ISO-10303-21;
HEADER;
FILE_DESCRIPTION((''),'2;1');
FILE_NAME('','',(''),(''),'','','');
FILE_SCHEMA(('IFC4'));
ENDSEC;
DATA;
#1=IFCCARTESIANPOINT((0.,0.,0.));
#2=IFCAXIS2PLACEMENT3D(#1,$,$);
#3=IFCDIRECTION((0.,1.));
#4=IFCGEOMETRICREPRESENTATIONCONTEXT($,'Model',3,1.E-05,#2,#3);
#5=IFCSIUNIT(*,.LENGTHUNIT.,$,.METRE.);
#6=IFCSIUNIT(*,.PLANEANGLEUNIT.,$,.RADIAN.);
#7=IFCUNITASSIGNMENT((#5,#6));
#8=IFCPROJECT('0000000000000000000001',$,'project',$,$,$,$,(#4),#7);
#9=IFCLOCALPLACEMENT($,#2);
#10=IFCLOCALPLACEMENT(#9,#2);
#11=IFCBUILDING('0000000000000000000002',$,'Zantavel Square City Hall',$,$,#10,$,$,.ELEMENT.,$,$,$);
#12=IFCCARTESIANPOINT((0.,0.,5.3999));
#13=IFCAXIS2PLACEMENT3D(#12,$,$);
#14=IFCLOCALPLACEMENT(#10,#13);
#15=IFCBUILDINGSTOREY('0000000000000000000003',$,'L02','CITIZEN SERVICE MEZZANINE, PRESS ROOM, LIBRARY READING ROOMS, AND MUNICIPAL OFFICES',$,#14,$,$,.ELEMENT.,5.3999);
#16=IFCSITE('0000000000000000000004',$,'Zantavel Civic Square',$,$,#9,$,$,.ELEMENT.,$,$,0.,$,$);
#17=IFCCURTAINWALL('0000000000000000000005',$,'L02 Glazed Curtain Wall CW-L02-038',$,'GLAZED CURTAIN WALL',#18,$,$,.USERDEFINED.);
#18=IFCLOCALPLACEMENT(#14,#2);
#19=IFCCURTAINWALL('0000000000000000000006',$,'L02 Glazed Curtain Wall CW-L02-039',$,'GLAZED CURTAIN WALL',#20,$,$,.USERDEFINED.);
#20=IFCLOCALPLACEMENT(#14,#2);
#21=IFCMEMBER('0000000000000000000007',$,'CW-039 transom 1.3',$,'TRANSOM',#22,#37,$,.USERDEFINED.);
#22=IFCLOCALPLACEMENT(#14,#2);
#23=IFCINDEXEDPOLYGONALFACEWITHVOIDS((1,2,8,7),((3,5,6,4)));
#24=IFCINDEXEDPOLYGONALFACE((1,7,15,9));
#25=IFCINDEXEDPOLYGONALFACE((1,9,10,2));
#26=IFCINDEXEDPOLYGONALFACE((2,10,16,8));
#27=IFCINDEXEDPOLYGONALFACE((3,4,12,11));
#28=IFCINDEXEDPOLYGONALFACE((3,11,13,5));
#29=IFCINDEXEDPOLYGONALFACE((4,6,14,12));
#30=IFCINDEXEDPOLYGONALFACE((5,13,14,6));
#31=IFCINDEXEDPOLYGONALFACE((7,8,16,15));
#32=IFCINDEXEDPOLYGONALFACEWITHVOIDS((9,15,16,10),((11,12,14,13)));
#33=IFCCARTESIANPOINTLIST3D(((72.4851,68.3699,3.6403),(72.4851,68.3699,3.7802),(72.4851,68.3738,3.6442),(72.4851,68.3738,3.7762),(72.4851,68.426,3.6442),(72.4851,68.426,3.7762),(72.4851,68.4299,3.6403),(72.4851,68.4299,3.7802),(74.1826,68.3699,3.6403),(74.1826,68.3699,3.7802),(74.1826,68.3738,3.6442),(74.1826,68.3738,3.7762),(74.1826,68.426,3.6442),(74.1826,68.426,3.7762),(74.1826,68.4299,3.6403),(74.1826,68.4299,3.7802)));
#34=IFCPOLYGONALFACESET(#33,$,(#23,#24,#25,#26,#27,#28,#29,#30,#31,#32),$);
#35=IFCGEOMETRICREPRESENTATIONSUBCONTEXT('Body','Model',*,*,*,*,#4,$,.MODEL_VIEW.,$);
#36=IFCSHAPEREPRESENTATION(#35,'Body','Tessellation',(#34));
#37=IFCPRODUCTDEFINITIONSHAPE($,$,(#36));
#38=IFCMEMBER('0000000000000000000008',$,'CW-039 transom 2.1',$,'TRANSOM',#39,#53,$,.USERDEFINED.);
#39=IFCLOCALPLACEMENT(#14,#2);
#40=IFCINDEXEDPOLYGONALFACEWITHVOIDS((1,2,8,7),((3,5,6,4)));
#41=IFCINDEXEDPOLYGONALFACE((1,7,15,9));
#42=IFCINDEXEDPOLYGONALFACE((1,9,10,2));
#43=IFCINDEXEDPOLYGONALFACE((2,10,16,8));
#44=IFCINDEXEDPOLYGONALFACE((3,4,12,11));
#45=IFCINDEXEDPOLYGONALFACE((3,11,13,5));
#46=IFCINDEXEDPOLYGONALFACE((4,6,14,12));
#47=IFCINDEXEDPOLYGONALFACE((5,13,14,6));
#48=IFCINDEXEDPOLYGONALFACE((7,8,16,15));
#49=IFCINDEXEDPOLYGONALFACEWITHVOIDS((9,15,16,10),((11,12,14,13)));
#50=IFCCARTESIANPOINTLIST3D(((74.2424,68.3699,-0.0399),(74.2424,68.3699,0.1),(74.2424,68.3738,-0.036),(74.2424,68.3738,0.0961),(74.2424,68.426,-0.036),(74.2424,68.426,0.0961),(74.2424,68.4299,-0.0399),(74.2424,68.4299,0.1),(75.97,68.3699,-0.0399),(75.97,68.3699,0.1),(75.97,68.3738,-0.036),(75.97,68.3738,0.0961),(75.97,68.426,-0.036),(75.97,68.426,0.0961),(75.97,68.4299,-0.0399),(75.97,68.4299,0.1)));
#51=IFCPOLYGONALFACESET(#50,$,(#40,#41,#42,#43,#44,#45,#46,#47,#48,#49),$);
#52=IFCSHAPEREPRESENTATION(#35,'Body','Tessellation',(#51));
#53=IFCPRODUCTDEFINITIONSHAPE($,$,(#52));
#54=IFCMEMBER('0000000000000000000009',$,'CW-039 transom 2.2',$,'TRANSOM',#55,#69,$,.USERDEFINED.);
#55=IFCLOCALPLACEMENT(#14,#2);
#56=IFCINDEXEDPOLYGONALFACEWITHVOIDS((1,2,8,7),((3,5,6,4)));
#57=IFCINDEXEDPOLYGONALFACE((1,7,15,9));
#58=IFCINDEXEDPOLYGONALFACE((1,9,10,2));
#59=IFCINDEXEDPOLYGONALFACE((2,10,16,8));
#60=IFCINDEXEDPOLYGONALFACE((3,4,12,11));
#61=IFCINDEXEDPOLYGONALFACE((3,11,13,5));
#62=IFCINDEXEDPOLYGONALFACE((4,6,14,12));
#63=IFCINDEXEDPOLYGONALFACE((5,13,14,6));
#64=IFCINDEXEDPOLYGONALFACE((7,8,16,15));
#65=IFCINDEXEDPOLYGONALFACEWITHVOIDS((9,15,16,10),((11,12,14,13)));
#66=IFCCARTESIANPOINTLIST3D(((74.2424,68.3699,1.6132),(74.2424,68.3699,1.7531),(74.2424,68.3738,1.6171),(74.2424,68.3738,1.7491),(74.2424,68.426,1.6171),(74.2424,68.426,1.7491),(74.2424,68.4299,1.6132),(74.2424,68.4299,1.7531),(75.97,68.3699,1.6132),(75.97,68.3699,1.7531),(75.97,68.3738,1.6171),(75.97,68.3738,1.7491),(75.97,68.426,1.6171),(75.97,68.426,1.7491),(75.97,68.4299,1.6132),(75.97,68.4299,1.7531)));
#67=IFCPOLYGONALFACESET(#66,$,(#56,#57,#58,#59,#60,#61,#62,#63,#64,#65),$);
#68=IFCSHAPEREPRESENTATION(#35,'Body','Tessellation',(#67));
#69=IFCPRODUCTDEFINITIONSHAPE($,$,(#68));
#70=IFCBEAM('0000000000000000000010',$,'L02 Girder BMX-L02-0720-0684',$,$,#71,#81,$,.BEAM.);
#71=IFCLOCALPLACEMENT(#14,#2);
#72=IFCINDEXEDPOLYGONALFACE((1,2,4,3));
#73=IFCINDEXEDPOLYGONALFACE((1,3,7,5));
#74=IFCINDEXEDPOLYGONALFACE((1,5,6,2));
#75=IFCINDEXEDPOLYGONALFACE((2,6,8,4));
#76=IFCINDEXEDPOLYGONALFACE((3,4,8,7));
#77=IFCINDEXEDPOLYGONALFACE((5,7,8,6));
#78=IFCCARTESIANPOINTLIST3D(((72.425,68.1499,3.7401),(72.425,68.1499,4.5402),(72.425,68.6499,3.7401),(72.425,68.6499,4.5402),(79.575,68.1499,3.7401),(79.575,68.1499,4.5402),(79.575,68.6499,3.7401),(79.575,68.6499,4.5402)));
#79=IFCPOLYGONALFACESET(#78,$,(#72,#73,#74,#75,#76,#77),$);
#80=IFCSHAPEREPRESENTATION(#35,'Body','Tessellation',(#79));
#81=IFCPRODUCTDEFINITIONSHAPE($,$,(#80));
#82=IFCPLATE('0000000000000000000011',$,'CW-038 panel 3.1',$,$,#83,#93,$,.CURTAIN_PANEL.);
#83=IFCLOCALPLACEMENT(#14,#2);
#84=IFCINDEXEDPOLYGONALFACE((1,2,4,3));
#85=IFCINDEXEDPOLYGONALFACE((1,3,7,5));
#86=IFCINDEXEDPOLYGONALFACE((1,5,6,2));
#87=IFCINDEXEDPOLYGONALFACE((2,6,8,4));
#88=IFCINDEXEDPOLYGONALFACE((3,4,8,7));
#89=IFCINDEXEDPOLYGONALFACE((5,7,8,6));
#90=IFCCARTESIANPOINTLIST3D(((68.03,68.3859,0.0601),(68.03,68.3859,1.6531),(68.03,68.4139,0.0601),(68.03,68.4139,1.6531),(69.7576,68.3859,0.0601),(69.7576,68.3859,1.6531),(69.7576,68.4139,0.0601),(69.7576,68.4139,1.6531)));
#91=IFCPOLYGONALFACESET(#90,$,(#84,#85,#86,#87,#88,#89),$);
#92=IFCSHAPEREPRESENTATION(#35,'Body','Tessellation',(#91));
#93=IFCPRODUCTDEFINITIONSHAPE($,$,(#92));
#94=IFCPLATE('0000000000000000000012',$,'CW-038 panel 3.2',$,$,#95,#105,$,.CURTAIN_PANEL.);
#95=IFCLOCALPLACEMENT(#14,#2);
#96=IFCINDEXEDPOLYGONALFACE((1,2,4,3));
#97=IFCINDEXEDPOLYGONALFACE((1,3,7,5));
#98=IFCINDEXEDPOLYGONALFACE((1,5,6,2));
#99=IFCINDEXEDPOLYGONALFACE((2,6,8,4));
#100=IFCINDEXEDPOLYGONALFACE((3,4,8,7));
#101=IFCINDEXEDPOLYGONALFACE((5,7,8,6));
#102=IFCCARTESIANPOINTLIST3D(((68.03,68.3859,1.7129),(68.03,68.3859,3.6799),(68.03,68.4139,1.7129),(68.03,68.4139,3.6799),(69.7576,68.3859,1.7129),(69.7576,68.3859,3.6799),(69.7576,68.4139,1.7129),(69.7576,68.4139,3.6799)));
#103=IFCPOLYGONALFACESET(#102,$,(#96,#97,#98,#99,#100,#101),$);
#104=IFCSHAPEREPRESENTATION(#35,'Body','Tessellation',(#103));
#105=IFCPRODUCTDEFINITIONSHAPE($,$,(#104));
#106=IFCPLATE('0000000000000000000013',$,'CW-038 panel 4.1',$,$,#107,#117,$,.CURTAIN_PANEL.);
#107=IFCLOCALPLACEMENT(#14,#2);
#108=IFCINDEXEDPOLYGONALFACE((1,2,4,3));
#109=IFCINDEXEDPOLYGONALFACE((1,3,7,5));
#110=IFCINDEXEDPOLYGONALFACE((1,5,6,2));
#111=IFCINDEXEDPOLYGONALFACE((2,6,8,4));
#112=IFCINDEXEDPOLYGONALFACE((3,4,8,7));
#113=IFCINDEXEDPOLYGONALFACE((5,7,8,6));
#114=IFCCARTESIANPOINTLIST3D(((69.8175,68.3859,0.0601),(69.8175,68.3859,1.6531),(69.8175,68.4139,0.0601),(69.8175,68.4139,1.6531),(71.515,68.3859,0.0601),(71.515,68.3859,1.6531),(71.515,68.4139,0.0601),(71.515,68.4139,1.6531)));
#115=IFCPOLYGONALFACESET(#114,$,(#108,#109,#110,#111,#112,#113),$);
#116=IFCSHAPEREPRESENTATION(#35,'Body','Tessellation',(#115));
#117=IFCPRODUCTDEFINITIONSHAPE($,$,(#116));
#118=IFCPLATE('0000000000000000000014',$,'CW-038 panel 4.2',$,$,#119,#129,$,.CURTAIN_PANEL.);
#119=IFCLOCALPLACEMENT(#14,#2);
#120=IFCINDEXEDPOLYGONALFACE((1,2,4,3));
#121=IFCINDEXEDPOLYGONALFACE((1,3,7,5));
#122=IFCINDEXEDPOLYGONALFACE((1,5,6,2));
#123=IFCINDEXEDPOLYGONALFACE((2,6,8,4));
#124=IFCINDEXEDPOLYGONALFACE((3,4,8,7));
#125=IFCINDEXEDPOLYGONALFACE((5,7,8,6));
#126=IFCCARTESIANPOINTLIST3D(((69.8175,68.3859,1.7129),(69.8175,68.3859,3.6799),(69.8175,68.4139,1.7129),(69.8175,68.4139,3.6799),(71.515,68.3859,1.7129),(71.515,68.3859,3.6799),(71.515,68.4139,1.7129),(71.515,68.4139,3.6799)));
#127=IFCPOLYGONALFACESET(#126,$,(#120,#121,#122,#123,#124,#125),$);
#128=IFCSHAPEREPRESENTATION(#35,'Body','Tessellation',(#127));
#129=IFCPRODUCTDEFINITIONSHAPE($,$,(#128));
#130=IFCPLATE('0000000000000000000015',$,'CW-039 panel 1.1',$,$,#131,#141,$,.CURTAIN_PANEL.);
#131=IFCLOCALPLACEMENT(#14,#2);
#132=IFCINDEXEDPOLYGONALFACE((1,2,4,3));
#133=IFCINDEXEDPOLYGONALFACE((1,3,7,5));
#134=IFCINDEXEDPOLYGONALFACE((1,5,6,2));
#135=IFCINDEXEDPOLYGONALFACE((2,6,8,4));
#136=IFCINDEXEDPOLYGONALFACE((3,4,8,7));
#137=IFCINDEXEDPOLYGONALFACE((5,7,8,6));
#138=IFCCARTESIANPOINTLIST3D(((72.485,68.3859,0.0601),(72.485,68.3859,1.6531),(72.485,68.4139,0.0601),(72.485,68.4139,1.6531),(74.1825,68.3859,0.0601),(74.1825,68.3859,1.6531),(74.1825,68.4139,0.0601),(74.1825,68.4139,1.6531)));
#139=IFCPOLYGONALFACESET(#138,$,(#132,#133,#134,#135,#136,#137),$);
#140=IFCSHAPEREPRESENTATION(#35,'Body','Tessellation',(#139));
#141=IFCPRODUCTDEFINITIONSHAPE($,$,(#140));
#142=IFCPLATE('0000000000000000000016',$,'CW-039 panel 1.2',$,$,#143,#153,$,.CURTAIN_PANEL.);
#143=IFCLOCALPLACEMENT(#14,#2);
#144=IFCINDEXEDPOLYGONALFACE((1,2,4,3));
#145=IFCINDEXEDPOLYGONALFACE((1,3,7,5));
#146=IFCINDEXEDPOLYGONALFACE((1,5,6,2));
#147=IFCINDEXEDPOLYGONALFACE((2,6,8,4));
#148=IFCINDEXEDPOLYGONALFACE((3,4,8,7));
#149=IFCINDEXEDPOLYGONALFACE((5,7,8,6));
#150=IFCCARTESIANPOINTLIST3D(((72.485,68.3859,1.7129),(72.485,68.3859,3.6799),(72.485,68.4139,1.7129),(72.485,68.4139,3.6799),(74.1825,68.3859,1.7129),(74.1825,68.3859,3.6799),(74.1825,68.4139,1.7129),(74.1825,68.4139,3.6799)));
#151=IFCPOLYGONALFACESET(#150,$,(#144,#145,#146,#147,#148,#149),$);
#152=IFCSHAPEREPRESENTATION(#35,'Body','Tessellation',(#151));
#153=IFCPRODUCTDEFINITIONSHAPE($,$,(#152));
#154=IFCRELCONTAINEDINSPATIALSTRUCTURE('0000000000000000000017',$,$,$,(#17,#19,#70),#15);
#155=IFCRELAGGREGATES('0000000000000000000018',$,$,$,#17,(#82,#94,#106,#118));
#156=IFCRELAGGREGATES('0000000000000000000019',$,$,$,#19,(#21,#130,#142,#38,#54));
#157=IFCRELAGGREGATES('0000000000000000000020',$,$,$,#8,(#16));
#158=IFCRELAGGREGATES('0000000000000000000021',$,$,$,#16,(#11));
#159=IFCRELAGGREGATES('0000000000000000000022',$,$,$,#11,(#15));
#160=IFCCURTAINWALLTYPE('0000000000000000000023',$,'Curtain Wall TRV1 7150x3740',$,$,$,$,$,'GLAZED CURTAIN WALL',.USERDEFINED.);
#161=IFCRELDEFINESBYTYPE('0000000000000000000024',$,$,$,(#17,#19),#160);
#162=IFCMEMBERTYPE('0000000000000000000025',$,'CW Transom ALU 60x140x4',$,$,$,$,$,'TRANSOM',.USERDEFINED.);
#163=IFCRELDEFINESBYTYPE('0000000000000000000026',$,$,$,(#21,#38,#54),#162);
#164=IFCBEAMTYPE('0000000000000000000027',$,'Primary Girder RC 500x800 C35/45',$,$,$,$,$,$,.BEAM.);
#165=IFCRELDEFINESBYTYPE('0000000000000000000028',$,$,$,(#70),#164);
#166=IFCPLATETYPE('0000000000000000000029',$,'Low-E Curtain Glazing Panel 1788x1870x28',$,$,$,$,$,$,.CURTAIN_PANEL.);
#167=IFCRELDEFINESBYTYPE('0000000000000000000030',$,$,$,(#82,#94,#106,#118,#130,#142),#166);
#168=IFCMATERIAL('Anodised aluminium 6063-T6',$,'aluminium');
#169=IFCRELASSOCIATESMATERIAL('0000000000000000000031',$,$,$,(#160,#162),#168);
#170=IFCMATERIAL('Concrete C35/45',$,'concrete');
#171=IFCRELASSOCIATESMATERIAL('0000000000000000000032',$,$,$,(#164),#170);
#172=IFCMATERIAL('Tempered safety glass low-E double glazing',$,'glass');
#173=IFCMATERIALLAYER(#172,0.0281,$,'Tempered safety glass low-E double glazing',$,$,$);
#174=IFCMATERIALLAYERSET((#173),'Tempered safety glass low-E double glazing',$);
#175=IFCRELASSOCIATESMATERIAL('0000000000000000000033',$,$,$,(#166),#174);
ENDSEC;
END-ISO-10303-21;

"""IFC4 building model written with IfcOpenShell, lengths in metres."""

from ifc_helpers import new_model, si_unit, direction, frame, origin, origin_2d, place, context, subcontext, project, spatial, rectangle, hollow_rectangle, extrude, material, layer, layer_set, material_profile, profile_set, type_object, element, aggregate, save


model = new_model("IFC4")

# Units and contexts
model_context = context("Model", 3, precision=1e-05, world=origin(), true_north=direction((0.0, 1.0)))
body_context = subcontext(model_context, "Body", "Model", "MODEL_VIEW")
ifc_project = project(units=[si_unit("LENGTHUNIT", "METRE"), si_unit("PLANEANGLEUNIT", "RADIAN")], contexts=[model_context])

# Site, building, storey
site_placement = place(None, origin())
site = spatial("IfcSite", under=ifc_project, at=site_placement, Name="Zantavel Civic Square", CompositionType="ELEMENT", RefElevation=0.0)
building_placement = place(site_placement, origin())
building = spatial("IfcBuilding", under=site, at=building_placement, Name="Zantavel Square City Hall", CompositionType="ELEMENT")
storey_placement = place(building_placement, frame((0.0, 0.0, 5.3999)))
storey = spatial("IfcBuildingStorey", under=building, at=storey_placement, Name="L02", Description="CITIZEN SERVICE MEZZANINE, PRESS ROOM, LIBRARY READING ROOMS, AND MUNICIPAL OFFICES", CompositionType="ELEMENT", Elevation=5.3999)

# Curtain walls
ifc_material_1 = material(Name="Anodised aluminium 6063-T6", Category="aluminium")
curtain_wall_type = type_object("IfcCurtainWallType", Name="Curtain Wall TRV1 7150x3740", ElementType="GLAZED CURTAIN WALL", PredefinedType="USERDEFINED", material=ifc_material_1)
curtain_wall_1_placement = place(storey_placement, origin())
curtain_wall_1 = element("IfcCurtainWall", 1, at=curtain_wall_1_placement, inside=storey, type_object=curtain_wall_type, Name="L02 Glazed Curtain Wall CW-L02-038", ObjectType="GLAZED CURTAIN WALL", PredefinedType="USERDEFINED")
curtain_wall_2_placement = place(storey_placement, origin())
curtain_wall_2 = element("IfcCurtainWall", 2, at=curtain_wall_2_placement, inside=storey, type_object=curtain_wall_type, Name="L02 Glazed Curtain Wall CW-L02-039", ObjectType="GLAZED CURTAIN WALL", PredefinedType="USERDEFINED")

# Members
ifc_material_profile_1 = material_profile(ifc_material_1, hollow_rectangle(XDim=0.0601, YDim=0.1399, WallThickness=0.0039, at=origin_2d()), Name="ALU 60x140x4")
ifc_profile_set_1 = profile_set([ifc_material_profile_1], Name="Anodised aluminium 6063-T6")
member_type_1 = type_object("IfcMemberType", Name="CW Transom ALU 60x140x4", ElementType="TRANSOM", PredefinedType="USERDEFINED", material=ifc_profile_set_1)
member_1_placement = place(storey_placement, frame((72.4851, 68.3999, 3.7102), z_axis=(1.0, 0.0, 0.0), x_axis=(0.0, 1.0, 0.0)))
member_1 = element("IfcMember", 3, at=member_1_placement, type_object=member_type_1, Name="CW-039 transom 1.3", ObjectType="TRANSOM", PredefinedType="USERDEFINED", context=body_context, shape_type="SweptSolid", body=[
    extrude(hollow_rectangle(XDim=0.0601, YDim=0.1399, WallThickness=0.0039, at=origin_2d()), origin(), (0.0, 0.0, 1.0), 1.6975),
])
member_2_placement = place(storey_placement, frame((74.2424, 68.3999, 0.03), z_axis=(1.0, 0.0, 0.0), x_axis=(0.0, 1.0, 0.0)))
member_2 = element("IfcMember", 4, at=member_2_placement, type_object=member_type_1, Name="CW-039 transom 2.1", ObjectType="TRANSOM", PredefinedType="USERDEFINED", context=body_context, shape_type="SweptSolid", body=[
    extrude(hollow_rectangle(XDim=0.0601, YDim=0.1399, WallThickness=0.0039, at=origin_2d()), origin(), (0.0, 0.0, 1.0), 1.7275),
])
member_3_placement = place(storey_placement, frame((74.2424, 68.3999, 1.6831), z_axis=(1.0, 0.0, 0.0), x_axis=(0.0, 1.0, 0.0)))
member_3 = element("IfcMember", 5, at=member_3_placement, type_object=member_type_1, Name="CW-039 transom 2.2", ObjectType="TRANSOM", PredefinedType="USERDEFINED", context=body_context, shape_type="SweptSolid", body=[
    extrude(hollow_rectangle(XDim=0.0601, YDim=0.1399, WallThickness=0.0039, at=origin_2d()), origin(), (0.0, 0.0, 1.0), 1.7275),
])

# Beam
ifc_material_2 = material(Name="Concrete C35/45", Category="concrete")
ifc_material_profile_2 = material_profile(ifc_material_2, rectangle(XDim=0.5, YDim=0.8, at=origin_2d()), Name="RC 500x800")
ifc_profile_set_2 = profile_set([ifc_material_profile_2], Name="Concrete C35/45")
beam_type = type_object("IfcBeamType", Name="Primary Girder RC 500x800 C35/45", PredefinedType="BEAM", material=ifc_profile_set_2)
beam_placement = place(storey_placement, frame((72.425, 68.3999, 4.1401), z_axis=(1.0, 0.0, 0.0), x_axis=(0.0, 1.0, 0.0)))
element("IfcBeam", 6, at=beam_placement, inside=storey, type_object=beam_type, Name="L02 Girder BMX-L02-0720-0684", PredefinedType="BEAM", context=body_context, shape_type="SweptSolid", body=[
    extrude(rectangle(XDim=0.5, YDim=0.8, at=origin_2d()), origin(), (0.0, 0.0, 1.0), 7.1499),
])

# Plates
ifc_material_3 = material(Name="Tempered safety glass low-E double glazing", Category="glass")
ifc_layer = layer(ifc_material_3, 0.0281, Name="Tempered safety glass low-E double glazing")
ifc_layer_set = layer_set([ifc_layer], Name="Tempered safety glass low-E double glazing")
plate_type = type_object("IfcPlateType", Name="Low-E Curtain Glazing Panel 1788x1870x28", PredefinedType="CURTAIN_PANEL", material=ifc_layer_set)
plate_1_placement = place(storey_placement, frame((68.8938, 68.3999, 0.0601), z_axis=(0.0, 0.0, 1.0), x_axis=(1.0, 0.0, 0.0)))
plate_1 = element("IfcPlate", 7, at=plate_1_placement, type_object=plate_type, Name="CW-038 panel 3.1", PredefinedType="CURTAIN_PANEL", context=body_context, shape_type="SweptSolid", body=[
    extrude(rectangle(XDim=1.7275, YDim=0.0281, at=origin_2d()), origin(), (0.0, 0.0, 1.0), 1.593),
])
plate_2_placement = place(storey_placement, frame((68.8938, 68.3999, 1.7129), z_axis=(0.0, 0.0, 1.0), x_axis=(1.0, 0.0, 0.0)))
plate_2 = element("IfcPlate", 8, at=plate_2_placement, type_object=plate_type, Name="CW-038 panel 3.2", PredefinedType="CURTAIN_PANEL", context=body_context, shape_type="SweptSolid", body=[
    extrude(rectangle(XDim=1.7275, YDim=0.0281, at=origin_2d()), origin(), (0.0, 0.0, 1.0), 1.967),
])
plate_3_placement = place(storey_placement, frame((70.6663, 68.3999, 0.0601), z_axis=(0.0, 0.0, 1.0), x_axis=(1.0, 0.0, 0.0)))
plate_3 = element("IfcPlate", 9, at=plate_3_placement, type_object=plate_type, Name="CW-038 panel 4.1", PredefinedType="CURTAIN_PANEL", context=body_context, shape_type="SweptSolid", body=[
    extrude(rectangle(XDim=1.6975, YDim=0.0281, at=origin_2d()), origin(), (0.0, 0.0, 1.0), 1.593),
])
plate_4_placement = place(storey_placement, frame((70.6663, 68.3999, 1.7129), z_axis=(0.0, 0.0, 1.0), x_axis=(1.0, 0.0, 0.0)))
plate_4 = element("IfcPlate", 10, at=plate_4_placement, type_object=plate_type, Name="CW-038 panel 4.2", PredefinedType="CURTAIN_PANEL", context=body_context, shape_type="SweptSolid", body=[
    extrude(rectangle(XDim=1.6975, YDim=0.0281, at=origin_2d()), origin(), (0.0, 0.0, 1.0), 1.967),
])
aggregate(curtain_wall_1, [plate_1, plate_2, plate_3, plate_4])
plate_5_placement = place(storey_placement, frame((73.3337, 68.3999, 0.0601), z_axis=(0.0, 0.0, 1.0), x_axis=(1.0, 0.0, 0.0)))
plate_5 = element("IfcPlate", 11, at=plate_5_placement, type_object=plate_type, Name="CW-039 panel 1.1", PredefinedType="CURTAIN_PANEL", context=body_context, shape_type="SweptSolid", body=[
    extrude(rectangle(XDim=1.6975, YDim=0.0281, at=origin_2d()), origin(), (0.0, 0.0, 1.0), 1.593),
])
plate_6_placement = place(storey_placement, frame((73.3337, 68.3999, 1.7129), z_axis=(0.0, 0.0, 1.0), x_axis=(1.0, 0.0, 0.0)))
plate_6 = element("IfcPlate", 12, at=plate_6_placement, type_object=plate_type, Name="CW-039 panel 1.2", PredefinedType="CURTAIN_PANEL", context=body_context, shape_type="SweptSolid", body=[
    extrude(rectangle(XDim=1.6975, YDim=0.0281, at=origin_2d()), origin(), (0.0, 0.0, 1.0), 1.967),
])
aggregate(curtain_wall_2, [member_1, plate_5, plate_6, member_2, member_3])

save(model, "model.ifc")
